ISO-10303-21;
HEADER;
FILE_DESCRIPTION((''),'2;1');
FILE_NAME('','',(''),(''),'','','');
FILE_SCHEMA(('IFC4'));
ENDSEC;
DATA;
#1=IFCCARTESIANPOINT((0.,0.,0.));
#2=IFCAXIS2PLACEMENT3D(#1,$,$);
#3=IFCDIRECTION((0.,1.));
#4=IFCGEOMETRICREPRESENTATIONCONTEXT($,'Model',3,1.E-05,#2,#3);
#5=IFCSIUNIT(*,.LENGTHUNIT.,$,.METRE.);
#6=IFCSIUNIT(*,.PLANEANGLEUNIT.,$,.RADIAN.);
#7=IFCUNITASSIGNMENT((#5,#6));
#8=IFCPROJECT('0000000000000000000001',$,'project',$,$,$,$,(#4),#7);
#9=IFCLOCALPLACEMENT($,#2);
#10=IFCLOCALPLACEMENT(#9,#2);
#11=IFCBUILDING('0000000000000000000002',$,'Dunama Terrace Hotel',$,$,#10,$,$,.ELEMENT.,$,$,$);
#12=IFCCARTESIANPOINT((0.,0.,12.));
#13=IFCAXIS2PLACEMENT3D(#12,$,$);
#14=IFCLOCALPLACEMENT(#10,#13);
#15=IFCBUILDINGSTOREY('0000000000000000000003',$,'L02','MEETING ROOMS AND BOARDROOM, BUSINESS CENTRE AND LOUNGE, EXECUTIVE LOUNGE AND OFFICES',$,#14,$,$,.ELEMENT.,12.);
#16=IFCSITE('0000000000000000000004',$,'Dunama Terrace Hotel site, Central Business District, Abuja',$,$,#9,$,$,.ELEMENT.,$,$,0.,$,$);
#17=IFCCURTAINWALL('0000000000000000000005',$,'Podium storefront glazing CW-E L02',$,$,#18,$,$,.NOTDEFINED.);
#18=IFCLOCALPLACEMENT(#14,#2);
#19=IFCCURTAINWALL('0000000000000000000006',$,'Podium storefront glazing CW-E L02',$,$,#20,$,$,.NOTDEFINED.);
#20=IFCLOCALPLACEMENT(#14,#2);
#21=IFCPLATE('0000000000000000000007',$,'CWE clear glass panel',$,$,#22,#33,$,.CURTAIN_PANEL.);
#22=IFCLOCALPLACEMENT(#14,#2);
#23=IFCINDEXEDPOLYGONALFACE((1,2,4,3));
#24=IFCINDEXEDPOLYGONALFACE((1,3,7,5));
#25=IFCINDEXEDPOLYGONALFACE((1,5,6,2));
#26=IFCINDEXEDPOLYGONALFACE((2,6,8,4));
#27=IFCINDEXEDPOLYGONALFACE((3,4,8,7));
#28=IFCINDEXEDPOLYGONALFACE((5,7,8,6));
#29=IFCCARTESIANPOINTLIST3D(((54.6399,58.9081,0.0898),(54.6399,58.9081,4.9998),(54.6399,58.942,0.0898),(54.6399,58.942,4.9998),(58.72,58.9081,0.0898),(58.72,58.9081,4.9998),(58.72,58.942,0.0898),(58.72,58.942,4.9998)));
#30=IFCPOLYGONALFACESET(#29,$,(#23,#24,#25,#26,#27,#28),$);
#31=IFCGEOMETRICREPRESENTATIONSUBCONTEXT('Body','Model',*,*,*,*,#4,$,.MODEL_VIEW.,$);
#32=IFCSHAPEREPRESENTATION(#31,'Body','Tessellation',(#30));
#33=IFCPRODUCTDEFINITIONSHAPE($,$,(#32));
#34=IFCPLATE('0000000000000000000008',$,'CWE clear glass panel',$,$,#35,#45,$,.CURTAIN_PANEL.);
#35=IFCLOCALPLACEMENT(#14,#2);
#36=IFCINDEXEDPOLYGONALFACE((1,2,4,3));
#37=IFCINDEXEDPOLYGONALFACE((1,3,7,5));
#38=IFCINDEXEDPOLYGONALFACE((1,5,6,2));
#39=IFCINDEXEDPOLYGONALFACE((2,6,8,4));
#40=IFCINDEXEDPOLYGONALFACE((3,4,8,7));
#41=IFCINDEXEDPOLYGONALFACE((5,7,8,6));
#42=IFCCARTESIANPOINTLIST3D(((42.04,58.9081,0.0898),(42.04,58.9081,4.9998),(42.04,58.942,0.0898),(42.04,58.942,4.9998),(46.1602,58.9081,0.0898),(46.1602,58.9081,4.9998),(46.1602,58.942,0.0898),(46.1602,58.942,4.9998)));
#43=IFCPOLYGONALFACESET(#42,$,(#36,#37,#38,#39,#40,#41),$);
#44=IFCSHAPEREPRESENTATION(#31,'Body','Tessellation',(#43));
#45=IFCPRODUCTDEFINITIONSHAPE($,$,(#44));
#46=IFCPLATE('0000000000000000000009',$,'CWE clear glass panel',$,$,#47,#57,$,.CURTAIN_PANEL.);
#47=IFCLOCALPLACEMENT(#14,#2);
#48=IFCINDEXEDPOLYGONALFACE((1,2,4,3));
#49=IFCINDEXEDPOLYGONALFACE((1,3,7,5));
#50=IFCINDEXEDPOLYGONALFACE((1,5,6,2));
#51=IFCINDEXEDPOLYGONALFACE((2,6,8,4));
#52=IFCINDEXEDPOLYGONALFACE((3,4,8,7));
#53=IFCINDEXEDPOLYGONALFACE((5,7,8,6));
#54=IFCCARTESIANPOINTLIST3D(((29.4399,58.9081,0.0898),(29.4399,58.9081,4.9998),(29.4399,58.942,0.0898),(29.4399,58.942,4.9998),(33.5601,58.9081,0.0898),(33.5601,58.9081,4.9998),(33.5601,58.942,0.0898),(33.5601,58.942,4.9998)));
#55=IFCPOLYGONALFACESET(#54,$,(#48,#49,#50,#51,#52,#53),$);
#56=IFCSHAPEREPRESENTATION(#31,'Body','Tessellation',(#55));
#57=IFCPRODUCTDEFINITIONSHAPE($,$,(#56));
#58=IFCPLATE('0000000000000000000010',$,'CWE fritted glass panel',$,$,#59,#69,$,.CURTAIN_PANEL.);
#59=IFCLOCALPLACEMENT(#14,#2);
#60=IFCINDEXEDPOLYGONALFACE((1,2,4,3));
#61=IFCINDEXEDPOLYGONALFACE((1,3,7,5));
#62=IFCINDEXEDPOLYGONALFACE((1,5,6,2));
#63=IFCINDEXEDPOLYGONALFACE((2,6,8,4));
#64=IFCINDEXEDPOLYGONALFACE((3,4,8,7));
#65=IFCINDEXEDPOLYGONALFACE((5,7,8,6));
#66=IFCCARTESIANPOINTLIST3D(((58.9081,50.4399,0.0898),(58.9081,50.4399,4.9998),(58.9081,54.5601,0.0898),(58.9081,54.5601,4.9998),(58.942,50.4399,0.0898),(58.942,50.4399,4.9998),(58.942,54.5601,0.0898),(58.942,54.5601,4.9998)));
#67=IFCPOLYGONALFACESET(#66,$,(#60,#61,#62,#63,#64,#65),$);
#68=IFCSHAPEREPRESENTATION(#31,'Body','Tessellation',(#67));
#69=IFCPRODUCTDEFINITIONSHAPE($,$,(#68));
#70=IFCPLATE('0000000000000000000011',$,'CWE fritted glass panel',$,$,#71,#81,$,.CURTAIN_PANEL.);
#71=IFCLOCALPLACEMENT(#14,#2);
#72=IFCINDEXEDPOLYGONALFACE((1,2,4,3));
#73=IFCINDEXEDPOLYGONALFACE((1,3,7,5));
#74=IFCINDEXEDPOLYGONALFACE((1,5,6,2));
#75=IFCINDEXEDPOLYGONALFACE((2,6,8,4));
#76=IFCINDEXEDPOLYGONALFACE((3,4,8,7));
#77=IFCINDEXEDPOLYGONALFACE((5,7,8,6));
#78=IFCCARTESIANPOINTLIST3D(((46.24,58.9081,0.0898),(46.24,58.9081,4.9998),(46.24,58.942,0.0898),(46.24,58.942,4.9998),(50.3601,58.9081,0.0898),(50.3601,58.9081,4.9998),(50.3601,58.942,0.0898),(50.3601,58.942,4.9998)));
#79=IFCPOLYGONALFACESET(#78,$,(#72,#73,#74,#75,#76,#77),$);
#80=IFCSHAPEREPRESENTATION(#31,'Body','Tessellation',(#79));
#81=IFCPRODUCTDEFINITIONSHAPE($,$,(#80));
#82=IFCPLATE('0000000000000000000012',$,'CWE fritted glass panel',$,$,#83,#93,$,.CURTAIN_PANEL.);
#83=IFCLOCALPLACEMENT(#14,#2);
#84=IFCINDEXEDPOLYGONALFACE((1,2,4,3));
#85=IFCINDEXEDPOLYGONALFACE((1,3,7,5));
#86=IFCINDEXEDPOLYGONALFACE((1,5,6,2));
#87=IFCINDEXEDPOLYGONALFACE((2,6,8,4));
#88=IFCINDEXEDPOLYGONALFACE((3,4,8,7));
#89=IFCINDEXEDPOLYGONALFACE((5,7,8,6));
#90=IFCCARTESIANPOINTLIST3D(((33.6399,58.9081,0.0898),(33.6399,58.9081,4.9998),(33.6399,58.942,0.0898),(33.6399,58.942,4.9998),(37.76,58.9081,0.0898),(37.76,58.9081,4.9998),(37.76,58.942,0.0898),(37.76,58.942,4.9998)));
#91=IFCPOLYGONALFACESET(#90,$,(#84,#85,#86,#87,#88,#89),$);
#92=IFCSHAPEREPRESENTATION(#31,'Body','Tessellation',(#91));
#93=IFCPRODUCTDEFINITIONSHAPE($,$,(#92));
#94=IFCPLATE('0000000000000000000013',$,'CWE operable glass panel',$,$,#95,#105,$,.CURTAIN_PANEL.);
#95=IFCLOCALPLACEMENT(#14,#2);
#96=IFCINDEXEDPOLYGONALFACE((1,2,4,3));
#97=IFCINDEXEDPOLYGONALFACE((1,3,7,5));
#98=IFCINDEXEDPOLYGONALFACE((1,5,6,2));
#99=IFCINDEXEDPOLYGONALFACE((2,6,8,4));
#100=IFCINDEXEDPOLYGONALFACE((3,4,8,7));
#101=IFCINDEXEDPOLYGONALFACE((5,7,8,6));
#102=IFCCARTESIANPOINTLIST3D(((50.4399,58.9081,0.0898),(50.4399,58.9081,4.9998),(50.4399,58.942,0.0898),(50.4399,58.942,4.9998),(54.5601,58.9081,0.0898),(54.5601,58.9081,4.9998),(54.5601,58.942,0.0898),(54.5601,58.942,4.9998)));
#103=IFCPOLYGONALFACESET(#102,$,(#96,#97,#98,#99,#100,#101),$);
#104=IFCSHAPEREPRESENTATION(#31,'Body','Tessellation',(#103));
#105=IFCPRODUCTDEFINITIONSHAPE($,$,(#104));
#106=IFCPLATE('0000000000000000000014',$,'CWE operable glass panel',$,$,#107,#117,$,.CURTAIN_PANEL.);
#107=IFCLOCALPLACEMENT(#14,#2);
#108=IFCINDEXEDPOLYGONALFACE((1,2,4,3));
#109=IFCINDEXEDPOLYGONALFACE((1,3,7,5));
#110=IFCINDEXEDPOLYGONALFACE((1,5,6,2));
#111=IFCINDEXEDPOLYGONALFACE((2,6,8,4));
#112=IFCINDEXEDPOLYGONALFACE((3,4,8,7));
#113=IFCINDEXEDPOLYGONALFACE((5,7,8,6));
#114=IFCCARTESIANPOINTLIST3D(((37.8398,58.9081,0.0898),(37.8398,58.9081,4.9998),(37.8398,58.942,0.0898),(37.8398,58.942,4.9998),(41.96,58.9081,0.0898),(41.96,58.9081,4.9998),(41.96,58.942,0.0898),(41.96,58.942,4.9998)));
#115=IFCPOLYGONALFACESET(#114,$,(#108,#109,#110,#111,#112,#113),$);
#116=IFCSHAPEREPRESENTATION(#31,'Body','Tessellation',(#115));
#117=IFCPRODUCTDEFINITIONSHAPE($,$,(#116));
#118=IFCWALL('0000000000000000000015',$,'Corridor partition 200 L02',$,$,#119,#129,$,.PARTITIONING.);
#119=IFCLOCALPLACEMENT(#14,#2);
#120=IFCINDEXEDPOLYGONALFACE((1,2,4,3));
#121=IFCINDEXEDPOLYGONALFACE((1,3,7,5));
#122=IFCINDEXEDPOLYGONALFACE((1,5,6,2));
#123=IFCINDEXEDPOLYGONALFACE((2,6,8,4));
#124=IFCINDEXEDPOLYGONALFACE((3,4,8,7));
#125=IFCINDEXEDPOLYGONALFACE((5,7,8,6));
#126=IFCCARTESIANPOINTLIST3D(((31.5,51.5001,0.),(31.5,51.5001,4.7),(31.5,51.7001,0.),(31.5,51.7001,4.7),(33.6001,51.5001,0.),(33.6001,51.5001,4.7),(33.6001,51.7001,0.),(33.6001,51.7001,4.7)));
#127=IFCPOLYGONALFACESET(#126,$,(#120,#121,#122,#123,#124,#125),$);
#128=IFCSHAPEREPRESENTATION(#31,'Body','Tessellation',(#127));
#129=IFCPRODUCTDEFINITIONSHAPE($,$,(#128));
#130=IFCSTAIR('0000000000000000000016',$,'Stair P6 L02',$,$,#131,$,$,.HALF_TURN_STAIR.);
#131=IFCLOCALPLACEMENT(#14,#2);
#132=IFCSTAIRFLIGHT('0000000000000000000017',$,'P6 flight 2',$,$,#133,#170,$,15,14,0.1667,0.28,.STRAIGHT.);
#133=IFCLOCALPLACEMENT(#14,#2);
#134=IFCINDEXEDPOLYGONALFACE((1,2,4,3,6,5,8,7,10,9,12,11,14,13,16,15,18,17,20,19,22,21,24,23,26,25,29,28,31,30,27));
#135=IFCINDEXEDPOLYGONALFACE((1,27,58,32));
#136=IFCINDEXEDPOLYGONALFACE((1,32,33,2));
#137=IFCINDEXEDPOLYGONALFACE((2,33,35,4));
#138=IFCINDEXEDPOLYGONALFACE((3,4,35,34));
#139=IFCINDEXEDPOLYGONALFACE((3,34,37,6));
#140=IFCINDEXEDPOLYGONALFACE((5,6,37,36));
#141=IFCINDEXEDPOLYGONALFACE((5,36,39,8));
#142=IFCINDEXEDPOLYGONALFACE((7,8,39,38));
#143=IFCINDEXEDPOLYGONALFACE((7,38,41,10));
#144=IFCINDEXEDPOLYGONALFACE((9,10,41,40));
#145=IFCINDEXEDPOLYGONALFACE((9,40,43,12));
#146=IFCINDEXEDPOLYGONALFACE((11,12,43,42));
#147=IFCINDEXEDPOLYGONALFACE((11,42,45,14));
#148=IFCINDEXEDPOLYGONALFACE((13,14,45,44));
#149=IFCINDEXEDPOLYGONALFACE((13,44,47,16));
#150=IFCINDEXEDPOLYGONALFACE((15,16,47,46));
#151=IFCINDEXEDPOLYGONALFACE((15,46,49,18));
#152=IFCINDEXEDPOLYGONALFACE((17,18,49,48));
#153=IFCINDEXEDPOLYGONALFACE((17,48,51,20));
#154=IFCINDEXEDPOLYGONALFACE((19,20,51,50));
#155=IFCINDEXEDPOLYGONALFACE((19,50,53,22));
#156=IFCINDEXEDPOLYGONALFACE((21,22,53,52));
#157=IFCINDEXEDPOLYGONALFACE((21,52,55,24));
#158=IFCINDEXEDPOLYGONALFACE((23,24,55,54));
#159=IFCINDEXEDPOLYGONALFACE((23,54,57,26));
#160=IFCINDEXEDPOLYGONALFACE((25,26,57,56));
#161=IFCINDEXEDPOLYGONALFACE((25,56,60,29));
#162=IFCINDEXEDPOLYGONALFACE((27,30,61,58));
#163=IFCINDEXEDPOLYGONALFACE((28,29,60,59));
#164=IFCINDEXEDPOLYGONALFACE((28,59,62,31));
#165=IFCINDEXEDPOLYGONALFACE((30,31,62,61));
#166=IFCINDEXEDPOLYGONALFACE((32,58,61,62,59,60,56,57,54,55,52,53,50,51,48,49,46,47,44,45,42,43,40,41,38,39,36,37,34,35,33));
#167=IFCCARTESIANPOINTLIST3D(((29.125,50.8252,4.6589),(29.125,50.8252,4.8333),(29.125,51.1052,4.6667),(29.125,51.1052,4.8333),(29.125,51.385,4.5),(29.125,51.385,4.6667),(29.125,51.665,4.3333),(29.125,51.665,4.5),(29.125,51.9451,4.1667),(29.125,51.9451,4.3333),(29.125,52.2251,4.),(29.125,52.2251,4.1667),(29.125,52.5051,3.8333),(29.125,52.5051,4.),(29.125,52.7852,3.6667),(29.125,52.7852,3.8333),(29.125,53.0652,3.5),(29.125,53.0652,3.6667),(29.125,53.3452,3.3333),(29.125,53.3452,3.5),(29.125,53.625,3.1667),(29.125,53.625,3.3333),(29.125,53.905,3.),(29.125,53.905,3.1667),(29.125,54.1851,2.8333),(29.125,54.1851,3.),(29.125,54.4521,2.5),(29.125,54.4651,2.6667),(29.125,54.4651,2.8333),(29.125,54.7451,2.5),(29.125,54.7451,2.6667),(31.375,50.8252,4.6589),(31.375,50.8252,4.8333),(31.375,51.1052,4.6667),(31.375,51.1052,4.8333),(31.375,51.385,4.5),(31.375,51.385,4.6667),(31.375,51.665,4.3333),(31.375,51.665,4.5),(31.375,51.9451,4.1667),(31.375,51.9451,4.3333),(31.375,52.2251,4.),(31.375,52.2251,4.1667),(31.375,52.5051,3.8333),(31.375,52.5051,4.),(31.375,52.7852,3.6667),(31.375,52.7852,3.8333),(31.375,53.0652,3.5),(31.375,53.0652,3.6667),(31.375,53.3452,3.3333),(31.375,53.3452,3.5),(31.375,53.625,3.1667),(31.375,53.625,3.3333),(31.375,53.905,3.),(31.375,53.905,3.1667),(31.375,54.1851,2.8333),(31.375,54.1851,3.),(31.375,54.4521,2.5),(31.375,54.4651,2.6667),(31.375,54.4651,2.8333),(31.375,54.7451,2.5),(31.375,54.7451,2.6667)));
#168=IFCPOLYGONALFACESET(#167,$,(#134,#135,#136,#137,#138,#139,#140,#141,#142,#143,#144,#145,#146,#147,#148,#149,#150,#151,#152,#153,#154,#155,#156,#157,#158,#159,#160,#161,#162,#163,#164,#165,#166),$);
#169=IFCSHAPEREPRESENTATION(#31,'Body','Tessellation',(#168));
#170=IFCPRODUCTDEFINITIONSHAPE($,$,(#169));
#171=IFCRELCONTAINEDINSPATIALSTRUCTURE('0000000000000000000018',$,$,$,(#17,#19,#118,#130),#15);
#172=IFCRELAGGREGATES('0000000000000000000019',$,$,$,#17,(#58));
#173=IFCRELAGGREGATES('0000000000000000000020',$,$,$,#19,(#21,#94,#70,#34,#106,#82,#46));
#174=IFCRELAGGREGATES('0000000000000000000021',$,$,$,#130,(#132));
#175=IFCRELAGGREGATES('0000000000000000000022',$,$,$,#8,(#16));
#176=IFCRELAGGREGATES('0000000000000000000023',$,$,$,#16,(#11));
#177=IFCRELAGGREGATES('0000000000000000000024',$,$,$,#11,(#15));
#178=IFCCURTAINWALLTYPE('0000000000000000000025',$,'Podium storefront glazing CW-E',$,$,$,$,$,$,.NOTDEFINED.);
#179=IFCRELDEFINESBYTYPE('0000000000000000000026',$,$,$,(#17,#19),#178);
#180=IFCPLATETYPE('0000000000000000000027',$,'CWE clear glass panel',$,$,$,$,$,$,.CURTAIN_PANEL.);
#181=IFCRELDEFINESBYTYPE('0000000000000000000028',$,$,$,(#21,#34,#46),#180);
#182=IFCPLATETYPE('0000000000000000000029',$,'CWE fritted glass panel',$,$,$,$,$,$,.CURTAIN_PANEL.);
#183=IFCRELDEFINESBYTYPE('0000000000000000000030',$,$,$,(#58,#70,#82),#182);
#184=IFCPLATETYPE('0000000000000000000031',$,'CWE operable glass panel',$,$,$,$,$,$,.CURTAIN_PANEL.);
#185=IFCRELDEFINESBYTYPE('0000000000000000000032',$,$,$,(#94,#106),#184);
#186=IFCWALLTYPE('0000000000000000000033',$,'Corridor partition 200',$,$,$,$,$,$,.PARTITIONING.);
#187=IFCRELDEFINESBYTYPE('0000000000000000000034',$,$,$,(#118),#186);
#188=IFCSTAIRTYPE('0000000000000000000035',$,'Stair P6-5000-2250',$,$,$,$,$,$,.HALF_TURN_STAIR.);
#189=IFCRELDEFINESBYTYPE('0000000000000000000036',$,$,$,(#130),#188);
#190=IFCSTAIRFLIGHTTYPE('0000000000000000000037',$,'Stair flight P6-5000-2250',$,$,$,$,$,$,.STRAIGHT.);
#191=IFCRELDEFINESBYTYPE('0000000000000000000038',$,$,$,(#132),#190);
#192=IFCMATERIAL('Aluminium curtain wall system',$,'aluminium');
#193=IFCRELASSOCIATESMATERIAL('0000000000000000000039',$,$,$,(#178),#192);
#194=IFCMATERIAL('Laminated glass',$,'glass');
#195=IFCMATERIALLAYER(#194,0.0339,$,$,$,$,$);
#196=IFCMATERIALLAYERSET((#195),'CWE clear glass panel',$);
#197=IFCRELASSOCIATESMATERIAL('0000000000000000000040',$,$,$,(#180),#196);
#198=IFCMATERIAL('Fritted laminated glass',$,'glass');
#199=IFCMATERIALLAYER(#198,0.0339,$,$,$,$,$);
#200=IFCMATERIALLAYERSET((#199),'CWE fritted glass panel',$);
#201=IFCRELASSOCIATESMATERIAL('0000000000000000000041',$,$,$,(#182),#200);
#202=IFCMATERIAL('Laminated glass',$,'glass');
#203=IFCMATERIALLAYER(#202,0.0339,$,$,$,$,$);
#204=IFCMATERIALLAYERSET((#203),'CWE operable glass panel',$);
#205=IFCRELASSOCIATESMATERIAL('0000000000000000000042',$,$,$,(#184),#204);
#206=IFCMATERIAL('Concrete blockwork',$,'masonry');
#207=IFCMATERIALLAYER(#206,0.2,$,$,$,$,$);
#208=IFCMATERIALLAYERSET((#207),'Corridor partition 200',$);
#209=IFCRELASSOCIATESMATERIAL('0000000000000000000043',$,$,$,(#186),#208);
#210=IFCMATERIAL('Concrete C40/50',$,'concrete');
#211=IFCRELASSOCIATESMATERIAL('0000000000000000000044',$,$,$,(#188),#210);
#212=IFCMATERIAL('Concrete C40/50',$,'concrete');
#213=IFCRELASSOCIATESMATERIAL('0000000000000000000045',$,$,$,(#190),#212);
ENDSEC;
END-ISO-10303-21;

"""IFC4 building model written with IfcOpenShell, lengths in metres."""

from ifc_helpers import new_model, si_unit, direction, frame, frame_2d, origin, origin_2d, place, context, subcontext, project, spatial, polyline, rectangle, outline, extrude, material, layer, layer_set, type_object, element, aggregate, save


model = new_model("IFC4")

# Units and contexts
model_context = context("Model", 3, precision=1e-05, world=origin(), true_north=direction((0.0, 1.0)))
body_context = subcontext(model_context, "Body", "Model", "MODEL_VIEW")
ifc_project = project(units=[si_unit("LENGTHUNIT", "METRE"), si_unit("PLANEANGLEUNIT", "RADIAN")], contexts=[model_context])

# Site, building, storey
site_placement = place(None, origin())
site = spatial("IfcSite", under=ifc_project, at=site_placement, Name="Dunama Terrace Hotel site, Central Business District, Abuja", CompositionType="ELEMENT", RefElevation=0.0)
building_placement = place(site_placement, origin())
building = spatial("IfcBuilding", under=site, at=building_placement, Name="Dunama Terrace Hotel", CompositionType="ELEMENT")
storey_placement = place(building_placement, frame((0.0, 0.0, 12.0)))
storey = spatial("IfcBuildingStorey", under=building, at=storey_placement, Name="L02", Description="MEETING ROOMS AND BOARDROOM, BUSINESS CENTRE AND LOUNGE, EXECUTIVE LOUNGE AND OFFICES", CompositionType="ELEMENT", Elevation=12.0)

# Curtain walls
ifc_material_1 = material(Name="Aluminium curtain wall system", Category="aluminium")
curtain_wall_type = type_object("IfcCurtainWallType", Name="Podium storefront glazing CW-E", PredefinedType="NOTDEFINED", material=ifc_material_1)
curtain_wall_1_placement = place(storey_placement, origin())
curtain_wall_1 = element("IfcCurtainWall", 1, at=curtain_wall_1_placement, inside=storey, type_object=curtain_wall_type, Name="Podium storefront glazing CW-E L02", PredefinedType="NOTDEFINED")
curtain_wall_2_placement = place(storey_placement, origin())
curtain_wall_2 = element("IfcCurtainWall", 2, at=curtain_wall_2_placement, inside=storey, type_object=curtain_wall_type, Name="Podium storefront glazing CW-E L02", PredefinedType="NOTDEFINED")

# Plates
ifc_material_2 = material(Name="Laminated glass", Category="glass")
ifc_layer_1 = layer(ifc_material_2, 0.0339)
ifc_layer_set_1 = layer_set([ifc_layer_1], Name="CWE clear glass panel")
plate_type_1 = type_object("IfcPlateType", Name="CWE clear glass panel", PredefinedType="CURTAIN_PANEL", material=ifc_layer_set_1)
plate_1_placement = place(storey_placement, frame((56.6799, 58.925, 0.0898), z_axis=(0.0, 0.0, 1.0), x_axis=(-1.0, 0.0, 0.0)))
plate_1 = element("IfcPlate", 3, at=plate_1_placement, type_object=plate_type_1, Name="CWE clear glass panel", PredefinedType="CURTAIN_PANEL", context=body_context, shape_type="SweptSolid", body=[
    extrude(rectangle(XDim=4.0801, YDim=0.0339, at=origin_2d()), origin(), (0.0, 0.0, 1.0), 4.9099),
])
plate_2_placement = place(storey_placement, frame((44.1001, 58.925, 0.0898), z_axis=(0.0, 0.0, 1.0), x_axis=(-1.0, 0.0, 0.0)))
plate_2 = element("IfcPlate", 4, at=plate_2_placement, type_object=plate_type_1, Name="CWE clear glass panel", PredefinedType="CURTAIN_PANEL", context=body_context, shape_type="SweptSolid", body=[
    extrude(rectangle(XDim=4.1201, YDim=0.0339, at=origin_2d()), origin(), (0.0, 0.0, 1.0), 4.9099),
])
plate_3_placement = place(storey_placement, frame((31.5, 58.925, 0.0898), z_axis=(0.0, 0.0, 1.0), x_axis=(-1.0, 0.0, 0.0)))
plate_3 = element("IfcPlate", 5, at=plate_3_placement, type_object=plate_type_1, Name="CWE clear glass panel", PredefinedType="CURTAIN_PANEL", context=body_context, shape_type="SweptSolid", body=[
    extrude(rectangle(XDim=4.1201, YDim=0.0339, at=origin_2d()), origin(), (0.0, 0.0, 1.0), 4.9099),
])
ifc_material_3 = material(Name="Fritted laminated glass", Category="glass")
ifc_layer_2 = layer(ifc_material_3, 0.0339)
ifc_layer_set_2 = layer_set([ifc_layer_2], Name="CWE fritted glass panel")
plate_type_2 = type_object("IfcPlateType", Name="CWE fritted glass panel", PredefinedType="CURTAIN_PANEL", material=ifc_layer_set_2)
plate_4_placement = place(storey_placement, frame((58.925, 52.5, 0.0898), z_axis=(0.0, 0.0, 1.0), x_axis=(0.0, 1.0, 0.0)))
plate_4 = element("IfcPlate", 6, at=plate_4_placement, type_object=plate_type_2, Name="CWE fritted glass panel", PredefinedType="CURTAIN_PANEL", context=body_context, shape_type="SweptSolid", body=[
    extrude(rectangle(XDim=4.1201, YDim=0.0339, at=origin_2d()), origin(), (0.0, 0.0, 1.0), 4.9099),
])
aggregate(curtain_wall_1, [plate_4])
plate_5_placement = place(storey_placement, frame((48.3, 58.925, 0.0898), z_axis=(0.0, 0.0, 1.0), x_axis=(-1.0, 0.0, 0.0)))
plate_5 = element("IfcPlate", 7, at=plate_5_placement, type_object=plate_type_2, Name="CWE fritted glass panel", PredefinedType="CURTAIN_PANEL", context=body_context, shape_type="SweptSolid", body=[
    extrude(rectangle(XDim=4.1201, YDim=0.0339, at=origin_2d()), origin(), (0.0, 0.0, 1.0), 4.9099),
])
plate_6_placement = place(storey_placement, frame((35.7, 58.925, 0.0898), z_axis=(0.0, 0.0, 1.0), x_axis=(-1.0, 0.0, 0.0)))
plate_6 = element("IfcPlate", 8, at=plate_6_placement, type_object=plate_type_2, Name="CWE fritted glass panel", PredefinedType="CURTAIN_PANEL", context=body_context, shape_type="SweptSolid", body=[
    extrude(rectangle(XDim=4.1201, YDim=0.0339, at=origin_2d()), origin(), (0.0, 0.0, 1.0), 4.9099),
])
ifc_material_4 = material(Name="Laminated glass", Category="glass")
ifc_layer_3 = layer(ifc_material_4, 0.0339)
ifc_layer_set_3 = layer_set([ifc_layer_3], Name="CWE operable glass panel")
plate_type_3 = type_object("IfcPlateType", Name="CWE operable glass panel", PredefinedType="CURTAIN_PANEL", material=ifc_layer_set_3)
plate_7_placement = place(storey_placement, frame((52.5, 58.925, 0.0898), z_axis=(0.0, 0.0, 1.0), x_axis=(-1.0, 0.0, 0.0)))
plate_7 = element("IfcPlate", 9, at=plate_7_placement, type_object=plate_type_3, Name="CWE operable glass panel", PredefinedType="CURTAIN_PANEL", context=body_context, shape_type="SweptSolid", body=[
    extrude(rectangle(XDim=4.1201, YDim=0.0339, at=origin_2d()), origin(), (0.0, 0.0, 1.0), 4.9099),
])
plate_8_placement = place(storey_placement, frame((39.8999, 58.925, 0.0898), z_axis=(0.0, 0.0, 1.0), x_axis=(-1.0, 0.0, 0.0)))
plate_8 = element("IfcPlate", 10, at=plate_8_placement, type_object=plate_type_3, Name="CWE operable glass panel", PredefinedType="CURTAIN_PANEL", context=body_context, shape_type="SweptSolid", body=[
    extrude(rectangle(XDim=4.1201, YDim=0.0339, at=origin_2d()), origin(), (0.0, 0.0, 1.0), 4.9099),
])
aggregate(curtain_wall_2, [plate_1, plate_7, plate_5, plate_2, plate_8, plate_6, plate_3])

# Wall
ifc_material_5 = material(Name="Concrete blockwork", Category="masonry")
ifc_layer_4 = layer(ifc_material_5, 0.2)
ifc_layer_set_4 = layer_set([ifc_layer_4], Name="Corridor partition 200")
wall_type = type_object("IfcWallType", Name="Corridor partition 200", PredefinedType="PARTITIONING", material=ifc_layer_set_4)
wall_placement = place(storey_placement, frame((33.6001, 51.6001, 0.0), z_axis=(0.0, 0.0, 1.0), x_axis=(-1.0, 0.0, 0.0)))
element("IfcWall", 11, at=wall_placement, inside=storey, type_object=wall_type, Name="Corridor partition 200 L02", PredefinedType="PARTITIONING", context=body_context, shape_type="SweptSolid", body=[
    extrude(rectangle(XDim=2.1001, YDim=0.2, at=frame_2d((1.05, 0.0))), origin(), (0.0, 0.0, 1.0), 4.7),
])

# Stair, stair flight
ifc_material_6 = material(Name="Concrete C40/50", Category="concrete")
stair_type = type_object("IfcStairType", Name="Stair P6-5000-2250", PredefinedType="HALF_TURN_STAIR", material=ifc_material_6)
stair_placement = place(storey_placement, origin())
stair = element("IfcStair", 12, at=stair_placement, inside=storey, type_object=stair_type, Name="Stair P6 L02", PredefinedType="HALF_TURN_STAIR")
ifc_material_7 = material(Name="Concrete C40/50", Category="concrete")
stair_flight_type = type_object("IfcStairFlightType", Name="Stair flight P6-5000-2250", PredefinedType="STRAIGHT", material=ifc_material_7)
stair_flight_placement = place(storey_placement, frame((30.25, 54.7451, 2.5), z_axis=(0.0, 0.0, 1.0), x_axis=(0.0, -1.0, 0.0)))
stair_flight = element("IfcStairFlight", 13, at=stair_flight_placement, type_object=stair_flight_type, Name="P6 flight 2", NumberOfRisers=15, NumberOfTreads=14, PredefinedType="STRAIGHT", RiserHeight=0.1667, TreadLength=0.28, context=body_context, shape_type="SweptSolid", body=[
    extrude(outline(polyline([(0.0, 0.0), (0.0, 0.1667), (0.28, 0.1667), (0.28, 0.3333), (0.5601, 0.3333), (0.5601, 0.5), (0.8401, 0.5), (0.8401, 0.6667), (1.1201, 0.6667), (1.1201, 0.8333), (1.3999, 0.8333), (1.3999, 1.0), (1.6799, 1.0), (1.6799, 1.1667), (1.96, 1.1667), (1.96, 1.3333), (2.24, 1.3333), (2.24, 1.5), (2.52, 1.5), (2.52, 1.6667), (2.8, 1.6667), (2.8, 1.8333), (3.0801, 1.8333), (3.0801, 2.0), (3.3601, 2.0), (3.3601, 2.1667), (3.6399, 2.1667), (3.6399, 2.3333), (3.9199, 2.3333), (3.9199, 2.5), (3.9199, 2.1589), (0.293, 0.0), (0.0, 0.0)])), frame((0.0, 1.125, 0.0), z_axis=(0.0, -1.0, 0.0), x_axis=(1.0, 0.0, 0.0)), (0.0, 0.0, 1.0), 2.25),
])
aggregate(stair, [stair_flight])

save(model, "model.ifc")
